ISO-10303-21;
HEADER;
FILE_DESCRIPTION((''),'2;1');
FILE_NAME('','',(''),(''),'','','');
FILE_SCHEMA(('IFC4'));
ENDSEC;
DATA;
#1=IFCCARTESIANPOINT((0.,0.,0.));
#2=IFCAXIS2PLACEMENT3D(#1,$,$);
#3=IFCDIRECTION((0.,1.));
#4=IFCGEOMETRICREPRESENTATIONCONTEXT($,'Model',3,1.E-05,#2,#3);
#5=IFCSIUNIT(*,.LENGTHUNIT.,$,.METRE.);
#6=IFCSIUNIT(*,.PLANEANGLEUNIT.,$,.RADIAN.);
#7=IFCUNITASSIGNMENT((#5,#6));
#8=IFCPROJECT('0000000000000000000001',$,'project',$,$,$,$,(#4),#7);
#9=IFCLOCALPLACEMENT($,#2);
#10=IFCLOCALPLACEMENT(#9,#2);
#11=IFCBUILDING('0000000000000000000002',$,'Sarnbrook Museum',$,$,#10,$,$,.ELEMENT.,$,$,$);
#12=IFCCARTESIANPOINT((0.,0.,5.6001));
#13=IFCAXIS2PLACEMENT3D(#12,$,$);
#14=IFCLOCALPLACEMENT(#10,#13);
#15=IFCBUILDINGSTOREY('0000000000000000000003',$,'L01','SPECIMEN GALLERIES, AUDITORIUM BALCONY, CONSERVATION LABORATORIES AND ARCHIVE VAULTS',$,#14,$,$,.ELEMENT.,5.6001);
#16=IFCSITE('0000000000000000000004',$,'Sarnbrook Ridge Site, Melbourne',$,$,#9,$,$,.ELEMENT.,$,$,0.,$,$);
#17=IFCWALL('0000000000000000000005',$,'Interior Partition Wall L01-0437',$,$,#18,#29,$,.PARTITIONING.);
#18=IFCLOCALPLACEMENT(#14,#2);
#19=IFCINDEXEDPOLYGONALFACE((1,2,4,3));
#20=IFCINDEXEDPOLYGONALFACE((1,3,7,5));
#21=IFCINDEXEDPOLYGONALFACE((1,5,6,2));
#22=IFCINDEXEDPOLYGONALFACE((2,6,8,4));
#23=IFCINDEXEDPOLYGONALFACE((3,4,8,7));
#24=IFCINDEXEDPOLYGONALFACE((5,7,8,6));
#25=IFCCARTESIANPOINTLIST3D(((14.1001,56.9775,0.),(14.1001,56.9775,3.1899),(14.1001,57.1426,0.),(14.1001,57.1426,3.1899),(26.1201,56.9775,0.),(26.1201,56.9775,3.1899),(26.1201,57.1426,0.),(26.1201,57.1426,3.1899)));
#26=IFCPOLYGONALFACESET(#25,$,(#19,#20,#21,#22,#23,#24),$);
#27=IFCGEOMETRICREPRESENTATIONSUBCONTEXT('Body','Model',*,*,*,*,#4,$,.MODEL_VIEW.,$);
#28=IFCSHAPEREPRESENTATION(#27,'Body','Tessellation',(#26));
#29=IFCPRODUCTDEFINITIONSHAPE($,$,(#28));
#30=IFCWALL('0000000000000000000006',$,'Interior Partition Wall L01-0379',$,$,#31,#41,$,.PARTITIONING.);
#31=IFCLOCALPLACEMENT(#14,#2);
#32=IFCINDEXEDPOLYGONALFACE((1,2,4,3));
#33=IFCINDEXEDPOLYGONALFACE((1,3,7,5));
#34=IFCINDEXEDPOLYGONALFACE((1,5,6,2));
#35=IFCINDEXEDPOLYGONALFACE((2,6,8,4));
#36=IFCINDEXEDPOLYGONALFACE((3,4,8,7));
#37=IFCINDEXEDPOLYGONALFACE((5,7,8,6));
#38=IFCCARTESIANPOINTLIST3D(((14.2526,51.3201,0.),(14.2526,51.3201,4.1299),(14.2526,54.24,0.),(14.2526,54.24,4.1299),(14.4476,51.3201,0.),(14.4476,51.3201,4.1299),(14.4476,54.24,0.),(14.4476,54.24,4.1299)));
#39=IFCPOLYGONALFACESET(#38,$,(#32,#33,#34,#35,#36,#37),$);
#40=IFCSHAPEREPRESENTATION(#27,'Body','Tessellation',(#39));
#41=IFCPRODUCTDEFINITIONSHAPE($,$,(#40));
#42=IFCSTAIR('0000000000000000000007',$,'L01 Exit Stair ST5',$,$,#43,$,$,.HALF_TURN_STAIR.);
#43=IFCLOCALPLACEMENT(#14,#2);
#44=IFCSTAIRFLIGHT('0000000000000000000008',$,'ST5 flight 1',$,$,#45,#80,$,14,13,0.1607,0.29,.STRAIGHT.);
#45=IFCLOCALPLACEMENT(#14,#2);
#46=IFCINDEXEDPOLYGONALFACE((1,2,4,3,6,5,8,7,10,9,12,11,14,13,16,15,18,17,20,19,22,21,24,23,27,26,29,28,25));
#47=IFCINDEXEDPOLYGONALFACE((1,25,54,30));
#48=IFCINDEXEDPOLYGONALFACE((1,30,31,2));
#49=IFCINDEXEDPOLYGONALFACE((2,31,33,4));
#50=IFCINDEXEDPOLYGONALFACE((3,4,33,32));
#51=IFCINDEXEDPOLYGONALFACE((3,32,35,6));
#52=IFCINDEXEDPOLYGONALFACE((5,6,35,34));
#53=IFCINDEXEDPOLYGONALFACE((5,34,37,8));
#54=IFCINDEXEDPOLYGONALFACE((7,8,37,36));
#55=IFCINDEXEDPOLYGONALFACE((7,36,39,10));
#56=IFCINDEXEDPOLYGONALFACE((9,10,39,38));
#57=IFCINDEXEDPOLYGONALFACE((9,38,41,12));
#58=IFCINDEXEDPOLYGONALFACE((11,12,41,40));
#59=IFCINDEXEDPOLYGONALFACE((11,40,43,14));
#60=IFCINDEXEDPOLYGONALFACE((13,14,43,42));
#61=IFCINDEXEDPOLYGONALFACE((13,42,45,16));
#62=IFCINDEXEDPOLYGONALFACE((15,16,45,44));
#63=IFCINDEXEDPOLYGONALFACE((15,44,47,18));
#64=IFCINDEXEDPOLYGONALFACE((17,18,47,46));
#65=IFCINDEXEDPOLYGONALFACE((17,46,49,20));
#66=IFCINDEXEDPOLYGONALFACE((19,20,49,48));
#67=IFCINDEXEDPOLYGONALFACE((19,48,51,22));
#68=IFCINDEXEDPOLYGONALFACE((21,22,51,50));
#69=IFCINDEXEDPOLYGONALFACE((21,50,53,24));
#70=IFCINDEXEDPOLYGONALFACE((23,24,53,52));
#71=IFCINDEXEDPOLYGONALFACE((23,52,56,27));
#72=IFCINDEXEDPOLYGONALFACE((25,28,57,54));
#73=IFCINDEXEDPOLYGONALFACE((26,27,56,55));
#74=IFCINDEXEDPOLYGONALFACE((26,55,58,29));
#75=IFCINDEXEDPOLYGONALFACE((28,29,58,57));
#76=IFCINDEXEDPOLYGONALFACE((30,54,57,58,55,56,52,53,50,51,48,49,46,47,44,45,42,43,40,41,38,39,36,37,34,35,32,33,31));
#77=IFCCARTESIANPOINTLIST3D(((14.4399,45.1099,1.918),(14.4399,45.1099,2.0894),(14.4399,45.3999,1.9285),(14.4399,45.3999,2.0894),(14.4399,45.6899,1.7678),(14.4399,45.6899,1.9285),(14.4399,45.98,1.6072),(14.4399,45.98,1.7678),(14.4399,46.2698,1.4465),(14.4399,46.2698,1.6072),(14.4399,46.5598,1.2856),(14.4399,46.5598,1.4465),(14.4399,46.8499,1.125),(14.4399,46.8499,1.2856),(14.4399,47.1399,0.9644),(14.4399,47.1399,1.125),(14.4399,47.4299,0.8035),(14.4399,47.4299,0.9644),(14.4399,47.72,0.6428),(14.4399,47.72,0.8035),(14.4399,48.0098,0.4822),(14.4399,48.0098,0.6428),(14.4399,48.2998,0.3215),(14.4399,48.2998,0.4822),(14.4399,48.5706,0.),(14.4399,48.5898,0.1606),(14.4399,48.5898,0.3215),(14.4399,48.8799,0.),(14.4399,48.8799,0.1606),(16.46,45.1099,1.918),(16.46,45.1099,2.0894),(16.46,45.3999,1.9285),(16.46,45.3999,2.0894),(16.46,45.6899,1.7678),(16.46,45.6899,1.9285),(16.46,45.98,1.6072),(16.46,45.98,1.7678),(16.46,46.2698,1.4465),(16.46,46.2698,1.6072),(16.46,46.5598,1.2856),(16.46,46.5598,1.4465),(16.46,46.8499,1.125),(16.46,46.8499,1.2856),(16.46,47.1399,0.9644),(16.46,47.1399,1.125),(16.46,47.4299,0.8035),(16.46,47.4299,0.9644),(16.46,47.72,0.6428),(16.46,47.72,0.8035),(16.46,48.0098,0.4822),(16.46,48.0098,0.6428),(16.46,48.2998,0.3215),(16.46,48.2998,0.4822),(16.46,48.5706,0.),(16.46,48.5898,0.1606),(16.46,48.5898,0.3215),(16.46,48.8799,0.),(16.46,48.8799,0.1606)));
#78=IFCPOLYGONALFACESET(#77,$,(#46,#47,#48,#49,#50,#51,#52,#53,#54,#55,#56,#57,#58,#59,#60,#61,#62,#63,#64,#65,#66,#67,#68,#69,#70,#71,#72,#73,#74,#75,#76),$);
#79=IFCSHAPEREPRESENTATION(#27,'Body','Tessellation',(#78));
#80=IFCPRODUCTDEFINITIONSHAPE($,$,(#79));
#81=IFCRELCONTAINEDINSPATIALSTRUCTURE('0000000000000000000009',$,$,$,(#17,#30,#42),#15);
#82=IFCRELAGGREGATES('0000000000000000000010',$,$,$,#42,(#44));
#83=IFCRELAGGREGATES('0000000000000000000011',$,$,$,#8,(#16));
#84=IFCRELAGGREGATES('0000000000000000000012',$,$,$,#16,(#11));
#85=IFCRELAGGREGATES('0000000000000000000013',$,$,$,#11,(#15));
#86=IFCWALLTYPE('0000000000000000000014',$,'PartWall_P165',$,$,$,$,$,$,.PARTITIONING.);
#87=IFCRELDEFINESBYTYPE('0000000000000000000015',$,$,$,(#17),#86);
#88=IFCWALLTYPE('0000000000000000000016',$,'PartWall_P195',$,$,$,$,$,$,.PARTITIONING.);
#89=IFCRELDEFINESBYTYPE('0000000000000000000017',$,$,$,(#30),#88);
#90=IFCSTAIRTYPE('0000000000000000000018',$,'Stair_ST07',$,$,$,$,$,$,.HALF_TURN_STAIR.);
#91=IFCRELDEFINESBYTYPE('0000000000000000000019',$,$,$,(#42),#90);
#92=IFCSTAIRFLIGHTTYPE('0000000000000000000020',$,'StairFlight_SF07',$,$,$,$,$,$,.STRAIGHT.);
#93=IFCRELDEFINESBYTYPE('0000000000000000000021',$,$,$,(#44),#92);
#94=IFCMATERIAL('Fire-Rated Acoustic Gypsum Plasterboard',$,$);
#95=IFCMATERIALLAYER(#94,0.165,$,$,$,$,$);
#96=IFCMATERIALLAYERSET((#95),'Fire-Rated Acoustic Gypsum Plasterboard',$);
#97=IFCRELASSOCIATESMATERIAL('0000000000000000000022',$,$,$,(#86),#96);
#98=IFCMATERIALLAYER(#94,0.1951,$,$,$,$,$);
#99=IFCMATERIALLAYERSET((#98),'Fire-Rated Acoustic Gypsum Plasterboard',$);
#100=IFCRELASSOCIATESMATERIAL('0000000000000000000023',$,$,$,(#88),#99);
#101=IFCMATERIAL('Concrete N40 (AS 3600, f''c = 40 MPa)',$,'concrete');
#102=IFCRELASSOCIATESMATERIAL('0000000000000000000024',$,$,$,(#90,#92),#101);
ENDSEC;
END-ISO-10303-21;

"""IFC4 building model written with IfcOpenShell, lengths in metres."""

from ifc_helpers import new_model, si_unit, direction, frame, frame_2d, origin, place, context, subcontext, project, spatial, polyline, rectangle, outline, extrude, material, layer, layer_set, type_object, element, aggregate, save


model = new_model("IFC4")

# Units and contexts
model_context = context("Model", 3, precision=1e-05, world=origin(), true_north=direction((0.0, 1.0)))
body_context = subcontext(model_context, "Body", "Model", "MODEL_VIEW")
ifc_project = project(units=[si_unit("LENGTHUNIT", "METRE"), si_unit("PLANEANGLEUNIT", "RADIAN")], contexts=[model_context])

# Site, building, storey
site_placement = place(None, origin())
site = spatial("IfcSite", under=ifc_project, at=site_placement, Name="Sarnbrook Ridge Site, Melbourne", CompositionType="ELEMENT", RefElevation=0.0)
building_placement = place(site_placement, origin())
building = spatial("IfcBuilding", under=site, at=building_placement, Name="Sarnbrook Museum", CompositionType="ELEMENT")
storey_placement = place(building_placement, frame((0.0, 0.0, 5.6001)))
storey = spatial("IfcBuildingStorey", under=building, at=storey_placement, Name="L01", Description="SPECIMEN GALLERIES, AUDITORIUM BALCONY, CONSERVATION LABORATORIES AND ARCHIVE VAULTS", CompositionType="ELEMENT", Elevation=5.6001)

# Walls
ifc_material_1 = material(Name="Fire-Rated Acoustic Gypsum Plasterboard")
ifc_layer_1 = layer(ifc_material_1, 0.165)
ifc_layer_set_1 = layer_set([ifc_layer_1], Name="Fire-Rated Acoustic Gypsum Plasterboard")
wall_type_1 = type_object("IfcWallType", Name="PartWall_P165", PredefinedType="PARTITIONING", material=ifc_layer_set_1)
wall_1_placement = place(storey_placement, frame((14.1001, 57.0601, 0.0), z_axis=(0.0, 0.0, 1.0), x_axis=(1.0, 0.0, 0.0)))
element("IfcWall", 1, at=wall_1_placement, inside=storey, type_object=wall_type_1, Name="Interior Partition Wall L01-0437", PredefinedType="PARTITIONING", context=body_context, shape_type="SweptSolid", body=[
    extrude(rectangle(XDim=12.02, YDim=0.165, at=frame_2d((6.01, 0.0))), origin(), (0.0, 0.0, 1.0), 3.1899),
])
ifc_layer_2 = layer(ifc_material_1, 0.1951)
ifc_layer_set_2 = layer_set([ifc_layer_2], Name="Fire-Rated Acoustic Gypsum Plasterboard")
wall_type_2 = type_object("IfcWallType", Name="PartWall_P195", PredefinedType="PARTITIONING", material=ifc_layer_set_2)
wall_2_placement = place(storey_placement, frame((14.3501, 54.24, 0.0), z_axis=(0.0, 0.0, 1.0), x_axis=(0.0, -1.0, 0.0)))
element("IfcWall", 2, at=wall_2_placement, inside=storey, type_object=wall_type_2, Name="Interior Partition Wall L01-0379", PredefinedType="PARTITIONING", context=body_context, shape_type="SweptSolid", body=[
    extrude(rectangle(XDim=2.9199, YDim=0.1951, at=frame_2d((1.46, 0.0))), origin(), (0.0, 0.0, 1.0), 4.1299),
])

# Stair, stair flight
ifc_material_2 = material(Name="Concrete N40 (AS 3600, f'c = 40 MPa)", Category="concrete")
stair_type = type_object("IfcStairType", Name="Stair_ST07", PredefinedType="HALF_TURN_STAIR", material=ifc_material_2)
stair_placement = place(storey_placement, origin())
stair = element("IfcStair", 3, at=stair_placement, inside=storey, type_object=stair_type, Name="L01 Exit Stair ST5", PredefinedType="HALF_TURN_STAIR")
stair_flight_type = type_object("IfcStairFlightType", Name="StairFlight_SF07", PredefinedType="STRAIGHT", material=ifc_material_2)
stair_flight_placement = place(storey_placement, frame((15.45, 48.8799, 0.0), z_axis=(0.0, 0.0, 1.0), x_axis=(0.0, -1.0, 0.0)))
stair_flight = element("IfcStairFlight", 4, at=stair_flight_placement, type_object=stair_flight_type, Name="ST5 flight 1", NumberOfRisers=14, NumberOfTreads=13, PredefinedType="STRAIGHT", RiserHeight=0.1607, TreadLength=0.29, context=body_context, shape_type="SweptSolid", body=[
    extrude(outline(polyline([(0.0, 0.0), (0.0, 0.1606), (0.29, 0.1606), (0.29, 0.3215), (0.5801, 0.3215), (0.5801, 0.4822), (0.8701, 0.4822), (0.8701, 0.6428), (1.1599, 0.6428), (1.1599, 0.8035), (1.45, 0.8035), (1.45, 0.9644), (1.74, 0.9644), (1.74, 1.125), (2.03, 1.125), (2.03, 1.2856), (2.3201, 1.2856), (2.3201, 1.4465), (2.6101, 1.4465), (2.6101, 1.6072), (2.8999, 1.6072), (2.8999, 1.7678), (3.1899, 1.7678), (3.1899, 1.9285), (3.48, 1.9285), (3.48, 2.0894), (3.77, 2.0894), (3.77, 2.25), (3.77, 1.918), (0.3093, 0.0), (0.0, 0.0)])), frame((0.0, 1.01, 0.0), z_axis=(0.0, -1.0, 0.0), x_axis=(1.0, 0.0, 0.0)), (0.0, 0.0, 1.0), 2.02),
])
aggregate(stair, [stair_flight])

save(model, "model.ifc")
